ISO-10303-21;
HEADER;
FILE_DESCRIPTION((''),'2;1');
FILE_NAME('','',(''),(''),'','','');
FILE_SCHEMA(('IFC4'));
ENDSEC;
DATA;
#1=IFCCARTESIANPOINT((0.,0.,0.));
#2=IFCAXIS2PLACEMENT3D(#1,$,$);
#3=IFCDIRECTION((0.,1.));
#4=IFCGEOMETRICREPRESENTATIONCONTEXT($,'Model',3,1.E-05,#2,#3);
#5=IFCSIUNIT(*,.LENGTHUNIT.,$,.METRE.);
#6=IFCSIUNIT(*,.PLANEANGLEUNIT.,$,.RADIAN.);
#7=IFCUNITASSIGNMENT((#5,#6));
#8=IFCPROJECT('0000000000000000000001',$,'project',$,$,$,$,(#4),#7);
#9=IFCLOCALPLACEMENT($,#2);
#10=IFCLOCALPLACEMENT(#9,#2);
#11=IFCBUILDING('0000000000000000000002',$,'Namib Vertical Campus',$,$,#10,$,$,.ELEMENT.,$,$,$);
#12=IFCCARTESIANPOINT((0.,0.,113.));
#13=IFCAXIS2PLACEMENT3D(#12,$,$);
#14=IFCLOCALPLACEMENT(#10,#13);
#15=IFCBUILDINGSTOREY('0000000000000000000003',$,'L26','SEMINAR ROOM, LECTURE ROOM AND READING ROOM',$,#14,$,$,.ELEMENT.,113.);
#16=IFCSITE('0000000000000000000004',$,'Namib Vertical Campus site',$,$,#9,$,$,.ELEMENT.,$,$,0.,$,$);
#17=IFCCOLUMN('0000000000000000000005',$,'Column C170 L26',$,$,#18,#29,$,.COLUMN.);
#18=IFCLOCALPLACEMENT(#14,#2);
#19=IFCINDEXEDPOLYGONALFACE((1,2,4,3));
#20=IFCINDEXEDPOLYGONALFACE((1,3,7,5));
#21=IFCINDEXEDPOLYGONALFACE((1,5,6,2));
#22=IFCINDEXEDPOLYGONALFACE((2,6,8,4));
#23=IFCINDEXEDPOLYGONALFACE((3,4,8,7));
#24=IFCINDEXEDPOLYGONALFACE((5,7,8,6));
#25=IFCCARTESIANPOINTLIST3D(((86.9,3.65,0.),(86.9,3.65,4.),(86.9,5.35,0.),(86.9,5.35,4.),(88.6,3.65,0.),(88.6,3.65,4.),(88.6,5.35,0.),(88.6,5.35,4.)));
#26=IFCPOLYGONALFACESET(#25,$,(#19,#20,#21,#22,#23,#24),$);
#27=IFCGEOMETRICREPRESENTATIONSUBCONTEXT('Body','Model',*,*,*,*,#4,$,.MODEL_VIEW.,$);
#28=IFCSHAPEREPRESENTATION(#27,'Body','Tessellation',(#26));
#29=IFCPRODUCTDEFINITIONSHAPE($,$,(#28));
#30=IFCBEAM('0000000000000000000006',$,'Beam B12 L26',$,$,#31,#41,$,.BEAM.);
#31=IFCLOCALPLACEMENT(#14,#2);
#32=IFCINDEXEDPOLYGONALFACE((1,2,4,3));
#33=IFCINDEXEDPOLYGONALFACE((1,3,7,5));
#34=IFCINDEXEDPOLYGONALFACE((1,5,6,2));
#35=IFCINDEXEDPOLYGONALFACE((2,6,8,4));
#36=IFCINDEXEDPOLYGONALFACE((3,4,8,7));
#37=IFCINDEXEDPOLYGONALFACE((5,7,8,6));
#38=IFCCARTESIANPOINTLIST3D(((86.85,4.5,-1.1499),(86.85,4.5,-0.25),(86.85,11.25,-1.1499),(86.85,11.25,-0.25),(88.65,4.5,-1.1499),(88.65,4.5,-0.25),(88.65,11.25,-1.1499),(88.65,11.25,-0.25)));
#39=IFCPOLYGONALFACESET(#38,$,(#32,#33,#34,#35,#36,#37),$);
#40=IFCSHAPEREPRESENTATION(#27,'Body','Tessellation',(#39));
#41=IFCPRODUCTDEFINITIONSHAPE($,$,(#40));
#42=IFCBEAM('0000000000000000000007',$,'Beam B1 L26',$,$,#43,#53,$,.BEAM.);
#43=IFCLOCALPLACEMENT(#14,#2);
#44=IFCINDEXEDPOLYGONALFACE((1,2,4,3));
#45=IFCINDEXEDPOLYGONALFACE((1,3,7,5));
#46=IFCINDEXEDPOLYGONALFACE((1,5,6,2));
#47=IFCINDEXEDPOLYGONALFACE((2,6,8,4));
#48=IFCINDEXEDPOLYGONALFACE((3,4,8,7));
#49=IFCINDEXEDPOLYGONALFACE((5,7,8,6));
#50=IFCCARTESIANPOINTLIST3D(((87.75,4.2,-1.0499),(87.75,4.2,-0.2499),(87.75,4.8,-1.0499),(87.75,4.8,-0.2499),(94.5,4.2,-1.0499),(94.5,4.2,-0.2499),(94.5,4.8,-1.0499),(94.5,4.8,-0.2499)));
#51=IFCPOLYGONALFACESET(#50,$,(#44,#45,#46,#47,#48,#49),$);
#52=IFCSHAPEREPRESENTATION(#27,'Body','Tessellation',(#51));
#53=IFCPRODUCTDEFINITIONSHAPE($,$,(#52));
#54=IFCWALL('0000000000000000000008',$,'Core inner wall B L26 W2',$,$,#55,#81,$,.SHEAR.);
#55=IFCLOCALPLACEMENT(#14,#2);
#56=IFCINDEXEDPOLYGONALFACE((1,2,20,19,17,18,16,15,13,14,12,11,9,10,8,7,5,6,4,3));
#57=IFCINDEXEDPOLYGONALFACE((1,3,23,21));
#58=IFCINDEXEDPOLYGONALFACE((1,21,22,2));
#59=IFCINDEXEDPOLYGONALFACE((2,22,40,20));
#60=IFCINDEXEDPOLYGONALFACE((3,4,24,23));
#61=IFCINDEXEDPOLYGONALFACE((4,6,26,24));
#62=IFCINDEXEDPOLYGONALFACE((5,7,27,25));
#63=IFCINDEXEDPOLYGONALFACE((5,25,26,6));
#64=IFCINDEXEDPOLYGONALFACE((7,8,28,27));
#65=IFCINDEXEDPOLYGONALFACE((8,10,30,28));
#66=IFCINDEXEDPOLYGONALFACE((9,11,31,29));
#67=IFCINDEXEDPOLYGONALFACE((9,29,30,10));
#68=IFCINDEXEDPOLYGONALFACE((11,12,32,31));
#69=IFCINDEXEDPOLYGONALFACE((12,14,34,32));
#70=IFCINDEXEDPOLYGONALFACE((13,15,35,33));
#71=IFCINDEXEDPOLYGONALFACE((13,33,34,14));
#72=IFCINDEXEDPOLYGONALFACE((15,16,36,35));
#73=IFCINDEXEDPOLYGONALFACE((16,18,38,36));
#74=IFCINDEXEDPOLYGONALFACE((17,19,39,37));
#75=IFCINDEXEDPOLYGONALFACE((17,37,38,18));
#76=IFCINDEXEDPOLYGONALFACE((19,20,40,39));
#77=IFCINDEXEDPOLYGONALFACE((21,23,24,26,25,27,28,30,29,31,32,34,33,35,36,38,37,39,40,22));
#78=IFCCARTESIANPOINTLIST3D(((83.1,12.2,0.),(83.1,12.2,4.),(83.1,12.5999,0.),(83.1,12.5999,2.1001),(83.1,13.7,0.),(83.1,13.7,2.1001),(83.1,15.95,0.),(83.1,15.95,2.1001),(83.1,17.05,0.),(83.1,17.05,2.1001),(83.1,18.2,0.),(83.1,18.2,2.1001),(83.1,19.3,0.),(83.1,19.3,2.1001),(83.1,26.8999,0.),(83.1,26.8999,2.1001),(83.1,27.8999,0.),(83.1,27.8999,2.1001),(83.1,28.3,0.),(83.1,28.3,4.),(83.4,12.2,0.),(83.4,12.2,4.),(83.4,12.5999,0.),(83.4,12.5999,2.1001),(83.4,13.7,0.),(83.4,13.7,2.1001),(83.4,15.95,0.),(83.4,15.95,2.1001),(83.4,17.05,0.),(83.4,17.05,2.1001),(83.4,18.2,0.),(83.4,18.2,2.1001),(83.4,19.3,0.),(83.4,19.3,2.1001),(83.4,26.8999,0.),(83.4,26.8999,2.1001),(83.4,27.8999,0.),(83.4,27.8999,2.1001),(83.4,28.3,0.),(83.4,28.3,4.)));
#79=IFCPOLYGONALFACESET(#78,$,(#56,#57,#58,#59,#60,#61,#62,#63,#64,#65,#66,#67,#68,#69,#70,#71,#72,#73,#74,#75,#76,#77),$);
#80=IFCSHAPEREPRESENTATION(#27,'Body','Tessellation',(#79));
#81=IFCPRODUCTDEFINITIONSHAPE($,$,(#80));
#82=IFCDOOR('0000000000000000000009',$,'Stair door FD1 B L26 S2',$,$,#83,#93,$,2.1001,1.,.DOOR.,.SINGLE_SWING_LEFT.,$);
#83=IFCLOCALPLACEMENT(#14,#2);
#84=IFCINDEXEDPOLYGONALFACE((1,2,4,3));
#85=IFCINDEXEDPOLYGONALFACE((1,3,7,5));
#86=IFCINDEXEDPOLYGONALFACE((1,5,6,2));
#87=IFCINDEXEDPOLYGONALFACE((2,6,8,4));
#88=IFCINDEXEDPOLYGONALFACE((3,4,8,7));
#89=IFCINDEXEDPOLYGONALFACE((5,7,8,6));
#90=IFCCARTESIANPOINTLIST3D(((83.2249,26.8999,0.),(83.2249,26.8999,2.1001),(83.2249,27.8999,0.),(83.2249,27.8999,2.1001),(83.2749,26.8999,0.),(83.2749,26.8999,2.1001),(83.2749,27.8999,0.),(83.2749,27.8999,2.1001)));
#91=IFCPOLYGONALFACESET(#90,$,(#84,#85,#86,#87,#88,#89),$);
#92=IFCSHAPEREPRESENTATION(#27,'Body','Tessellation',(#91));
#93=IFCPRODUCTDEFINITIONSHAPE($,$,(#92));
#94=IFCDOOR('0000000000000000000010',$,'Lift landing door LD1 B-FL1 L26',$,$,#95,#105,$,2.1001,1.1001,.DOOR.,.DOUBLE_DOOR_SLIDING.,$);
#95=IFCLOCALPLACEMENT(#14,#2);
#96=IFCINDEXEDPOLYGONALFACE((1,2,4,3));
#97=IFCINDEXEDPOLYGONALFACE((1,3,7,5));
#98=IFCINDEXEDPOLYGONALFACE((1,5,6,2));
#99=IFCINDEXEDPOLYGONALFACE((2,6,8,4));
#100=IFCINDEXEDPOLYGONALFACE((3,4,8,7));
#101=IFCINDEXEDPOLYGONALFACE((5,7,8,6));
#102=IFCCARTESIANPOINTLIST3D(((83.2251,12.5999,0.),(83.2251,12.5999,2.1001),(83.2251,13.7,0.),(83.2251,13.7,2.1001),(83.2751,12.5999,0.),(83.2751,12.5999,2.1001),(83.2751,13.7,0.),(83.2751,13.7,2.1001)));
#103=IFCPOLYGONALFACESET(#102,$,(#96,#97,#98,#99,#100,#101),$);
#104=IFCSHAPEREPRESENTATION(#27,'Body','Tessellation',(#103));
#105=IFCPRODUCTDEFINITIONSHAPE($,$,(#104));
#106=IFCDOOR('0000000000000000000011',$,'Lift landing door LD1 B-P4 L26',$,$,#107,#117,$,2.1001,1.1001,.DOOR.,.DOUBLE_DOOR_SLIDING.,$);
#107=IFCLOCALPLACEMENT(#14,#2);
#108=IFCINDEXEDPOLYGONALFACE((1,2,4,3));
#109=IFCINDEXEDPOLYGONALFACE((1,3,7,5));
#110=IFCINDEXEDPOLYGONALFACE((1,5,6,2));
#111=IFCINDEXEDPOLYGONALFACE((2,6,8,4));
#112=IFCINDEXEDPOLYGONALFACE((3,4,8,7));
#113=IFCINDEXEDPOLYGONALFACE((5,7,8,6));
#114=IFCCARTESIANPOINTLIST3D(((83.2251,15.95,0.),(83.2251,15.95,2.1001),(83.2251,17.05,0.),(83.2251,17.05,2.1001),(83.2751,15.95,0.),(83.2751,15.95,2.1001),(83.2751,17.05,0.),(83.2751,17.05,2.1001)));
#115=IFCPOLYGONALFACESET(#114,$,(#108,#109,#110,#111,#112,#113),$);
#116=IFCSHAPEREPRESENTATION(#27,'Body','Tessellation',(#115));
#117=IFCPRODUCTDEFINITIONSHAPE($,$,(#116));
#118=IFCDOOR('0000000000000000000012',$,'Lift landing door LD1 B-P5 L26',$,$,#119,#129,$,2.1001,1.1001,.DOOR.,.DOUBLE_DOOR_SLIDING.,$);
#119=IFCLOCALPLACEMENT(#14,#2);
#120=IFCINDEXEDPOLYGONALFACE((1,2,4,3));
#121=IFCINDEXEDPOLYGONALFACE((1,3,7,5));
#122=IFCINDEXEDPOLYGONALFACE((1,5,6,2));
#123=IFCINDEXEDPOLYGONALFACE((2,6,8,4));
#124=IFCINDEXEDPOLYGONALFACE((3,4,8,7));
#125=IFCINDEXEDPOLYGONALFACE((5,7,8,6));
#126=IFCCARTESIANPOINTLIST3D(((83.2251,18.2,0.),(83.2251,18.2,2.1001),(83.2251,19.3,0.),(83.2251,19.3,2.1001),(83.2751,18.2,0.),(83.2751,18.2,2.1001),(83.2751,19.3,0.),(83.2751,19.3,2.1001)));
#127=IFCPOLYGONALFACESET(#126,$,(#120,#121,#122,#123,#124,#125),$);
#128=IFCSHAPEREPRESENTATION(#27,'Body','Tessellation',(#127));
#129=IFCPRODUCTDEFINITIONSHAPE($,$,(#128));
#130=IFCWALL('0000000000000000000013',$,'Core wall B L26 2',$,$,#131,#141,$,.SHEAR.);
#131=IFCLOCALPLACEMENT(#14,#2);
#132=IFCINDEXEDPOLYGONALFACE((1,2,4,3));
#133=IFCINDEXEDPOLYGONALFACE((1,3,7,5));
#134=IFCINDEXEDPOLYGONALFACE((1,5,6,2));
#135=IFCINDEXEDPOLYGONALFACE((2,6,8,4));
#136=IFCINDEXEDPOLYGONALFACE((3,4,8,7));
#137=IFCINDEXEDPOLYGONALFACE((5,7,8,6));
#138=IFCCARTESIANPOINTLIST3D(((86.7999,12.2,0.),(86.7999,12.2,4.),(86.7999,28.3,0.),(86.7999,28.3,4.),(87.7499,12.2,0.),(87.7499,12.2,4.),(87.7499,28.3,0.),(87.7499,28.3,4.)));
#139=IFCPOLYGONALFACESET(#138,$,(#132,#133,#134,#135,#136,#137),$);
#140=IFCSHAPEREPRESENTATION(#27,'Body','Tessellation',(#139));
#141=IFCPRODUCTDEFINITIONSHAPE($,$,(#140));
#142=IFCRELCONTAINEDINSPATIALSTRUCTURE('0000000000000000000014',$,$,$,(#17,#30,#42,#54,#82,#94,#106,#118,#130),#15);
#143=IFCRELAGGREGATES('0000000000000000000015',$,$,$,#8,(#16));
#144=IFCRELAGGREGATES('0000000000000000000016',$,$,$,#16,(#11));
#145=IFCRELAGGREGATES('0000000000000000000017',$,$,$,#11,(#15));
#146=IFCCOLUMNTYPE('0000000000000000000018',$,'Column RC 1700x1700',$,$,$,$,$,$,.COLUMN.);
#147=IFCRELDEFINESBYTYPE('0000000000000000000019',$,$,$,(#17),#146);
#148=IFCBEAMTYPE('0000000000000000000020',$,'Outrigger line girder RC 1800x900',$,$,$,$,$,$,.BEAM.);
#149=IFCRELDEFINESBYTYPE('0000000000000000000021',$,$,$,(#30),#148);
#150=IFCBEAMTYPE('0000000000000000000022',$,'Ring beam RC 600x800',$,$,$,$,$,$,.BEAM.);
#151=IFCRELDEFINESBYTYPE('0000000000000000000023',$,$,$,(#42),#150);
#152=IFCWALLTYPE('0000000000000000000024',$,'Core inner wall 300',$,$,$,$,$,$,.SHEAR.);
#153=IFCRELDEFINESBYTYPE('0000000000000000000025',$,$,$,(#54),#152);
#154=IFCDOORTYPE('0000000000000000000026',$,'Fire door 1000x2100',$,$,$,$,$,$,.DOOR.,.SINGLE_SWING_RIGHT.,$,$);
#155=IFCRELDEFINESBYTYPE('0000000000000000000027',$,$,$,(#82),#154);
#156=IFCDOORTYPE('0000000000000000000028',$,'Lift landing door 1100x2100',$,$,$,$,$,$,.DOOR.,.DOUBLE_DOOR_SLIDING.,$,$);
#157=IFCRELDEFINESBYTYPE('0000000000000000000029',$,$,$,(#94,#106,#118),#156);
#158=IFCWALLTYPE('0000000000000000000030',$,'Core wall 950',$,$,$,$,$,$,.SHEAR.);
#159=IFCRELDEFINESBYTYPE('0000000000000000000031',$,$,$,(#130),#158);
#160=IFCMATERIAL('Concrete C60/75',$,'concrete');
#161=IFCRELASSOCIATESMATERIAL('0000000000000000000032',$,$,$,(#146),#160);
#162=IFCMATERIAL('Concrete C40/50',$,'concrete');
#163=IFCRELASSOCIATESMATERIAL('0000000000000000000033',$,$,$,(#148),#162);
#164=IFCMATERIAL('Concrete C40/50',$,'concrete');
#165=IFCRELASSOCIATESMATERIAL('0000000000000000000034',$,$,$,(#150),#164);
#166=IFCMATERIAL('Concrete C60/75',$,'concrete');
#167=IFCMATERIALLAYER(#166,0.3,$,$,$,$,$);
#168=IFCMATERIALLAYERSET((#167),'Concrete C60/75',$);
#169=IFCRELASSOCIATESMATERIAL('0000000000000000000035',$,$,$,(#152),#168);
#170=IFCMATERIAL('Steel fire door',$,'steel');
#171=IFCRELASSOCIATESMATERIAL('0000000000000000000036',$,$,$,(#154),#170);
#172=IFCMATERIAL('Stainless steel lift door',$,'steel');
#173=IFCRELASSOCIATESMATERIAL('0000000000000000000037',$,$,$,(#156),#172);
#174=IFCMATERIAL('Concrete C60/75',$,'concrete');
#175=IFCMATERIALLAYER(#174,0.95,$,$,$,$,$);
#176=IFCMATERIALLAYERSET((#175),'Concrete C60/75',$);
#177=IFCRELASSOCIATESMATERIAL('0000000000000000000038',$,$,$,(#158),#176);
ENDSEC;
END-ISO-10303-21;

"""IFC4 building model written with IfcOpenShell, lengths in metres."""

from ifc_helpers import new_model, si_unit, direction, frame, frame_2d, origin, origin_2d, place, context, subcontext, project, spatial, rectangle, extrude, material, layer, layer_set, material_profile, profile_set, type_object, element, fill, save


model = new_model("IFC4")

# Units and contexts
model_context = context("Model", 3, precision=1e-05, world=origin(), true_north=direction((0.0, 1.0)))
body_context = subcontext(model_context, "Body", "Model", "MODEL_VIEW")
ifc_project = project(units=[si_unit("LENGTHUNIT", "METRE"), si_unit("PLANEANGLEUNIT", "RADIAN")], contexts=[model_context])

# Site, building, storey
site_placement = place(None, origin())
site = spatial("IfcSite", under=ifc_project, at=site_placement, Name="Namib Vertical Campus site", CompositionType="ELEMENT", RefElevation=0.0)
building_placement = place(site_placement, origin())
building = spatial("IfcBuilding", under=site, at=building_placement, Name="Namib Vertical Campus", CompositionType="ELEMENT")
storey_placement = place(building_placement, frame((0.0, 0.0, 113.0)))
storey = spatial("IfcBuildingStorey", under=building, at=storey_placement, Name="L26", Description="SEMINAR ROOM, LECTURE ROOM AND READING ROOM", CompositionType="ELEMENT", Elevation=113.0)

# Column
ifc_material_1 = material(Name="Concrete C60/75", Category="concrete")
ifc_material_profile_1 = material_profile(ifc_material_1, rectangle(XDim=1.7, YDim=1.7, at=origin_2d()))
ifc_profile_set_1 = profile_set([ifc_material_profile_1], Name="Concrete C60/75")
column_type = type_object("IfcColumnType", Name="Column RC 1700x1700", PredefinedType="COLUMN", material=ifc_profile_set_1)
column_placement = place(storey_placement, frame((87.75, 4.5, 0.0), z_axis=(0.0, 0.0, 1.0), x_axis=(1.0, 0.0, 0.0)))
element("IfcColumn", 1, at=column_placement, inside=storey, type_object=column_type, Name="Column C170 L26", PredefinedType="COLUMN", context=body_context, shape_type="SweptSolid", body=[
    extrude(rectangle(XDim=1.7, YDim=1.7, at=origin_2d()), origin(), (0.0, 0.0, 1.0), 4.0),
])

# Beams
ifc_material_2 = material(Name="Concrete C40/50", Category="concrete")
ifc_material_profile_2 = material_profile(ifc_material_2, rectangle(XDim=1.8, YDim=0.8999, at=origin_2d()))
ifc_profile_set_2 = profile_set([ifc_material_profile_2], Name="Concrete C40/50")
beam_type_1 = type_object("IfcBeamType", Name="Outrigger line girder RC 1800x900", PredefinedType="BEAM", material=ifc_profile_set_2)
beam_1_placement = place(storey_placement, frame((87.75, 4.5, -0.7), z_axis=(0.0, 1.0, 0.0), x_axis=(-1.0, 0.0, 0.0)))
element("IfcBeam", 2, at=beam_1_placement, inside=storey, type_object=beam_type_1, Name="Beam B12 L26", PredefinedType="BEAM", context=body_context, shape_type="SweptSolid", body=[
    extrude(rectangle(XDim=1.8, YDim=0.8999, at=origin_2d()), origin(), (0.0, 0.0, 1.0), 6.75),
])
ifc_material_3 = material(Name="Concrete C40/50", Category="concrete")
ifc_material_profile_3 = material_profile(ifc_material_3, rectangle(XDim=0.6001, YDim=0.8, at=origin_2d()))
ifc_profile_set_3 = profile_set([ifc_material_profile_3], Name="Concrete C40/50")
beam_type_2 = type_object("IfcBeamType", Name="Ring beam RC 600x800", PredefinedType="BEAM", material=ifc_profile_set_3)
beam_2_placement = place(storey_placement, frame((87.75, 4.5, -0.6499), z_axis=(1.0, 0.0, 0.0), x_axis=(0.0, 1.0, 0.0)))
element("IfcBeam", 3, at=beam_2_placement, inside=storey, type_object=beam_type_2, Name="Beam B1 L26", PredefinedType="BEAM", context=body_context, shape_type="SweptSolid", body=[
    extrude(rectangle(XDim=0.6001, YDim=0.8, at=origin_2d()), origin(), (0.0, 0.0, 1.0), 6.75),
])

# Wall, openings, doors
ifc_material_4 = material(Name="Concrete C60/75", Category="concrete")
ifc_layer_1 = layer(ifc_material_4, 0.3)
ifc_layer_set_1 = layer_set([ifc_layer_1], Name="Concrete C60/75")
wall_type_1 = type_object("IfcWallType", Name="Core inner wall 300", PredefinedType="SHEAR", material=ifc_layer_set_1)
wall_1_placement = place(storey_placement, frame((83.25, 12.2, 0.0), z_axis=(0.0, 0.0, 1.0), x_axis=(0.0, 1.0, 0.0)))
wall_1 = element("IfcWall", 4, at=wall_1_placement, inside=storey, type_object=wall_type_1, Name="Core inner wall B L26 W2", PredefinedType="SHEAR", context=body_context, shape_type="SweptSolid", body=[
    extrude(rectangle(XDim=16.1001, YDim=0.3, at=frame_2d((8.05, 0.0))), origin(), (0.0, 0.0, 1.0), 4.0),
])
opening_1_placement = place(wall_1_placement, frame((14.7, 0.0, 0.0)))
opening_1 = element("IfcOpeningElement", 5, at=opening_1_placement, cuts=wall_1, PredefinedType="OPENING", context=body_context, shape_type="SweptSolid", body=[
    extrude(rectangle(XDim=1.0, YDim=2.1001, at=frame_2d((0.5, 1.05))), frame((0.0, 0.1599, 0.0), z_axis=(0.0, -1.0, 0.0), x_axis=(1.0, 0.0, 0.0)), (0.0, 0.0, 1.0), 0.3201),
])
opening_2_placement = place(wall_1_placement, frame((0.3999, 0.0, 0.0)))
opening_2 = element("IfcOpeningElement", 6, at=opening_2_placement, cuts=wall_1, PredefinedType="OPENING", context=body_context, shape_type="SweptSolid", body=[
    extrude(rectangle(XDim=1.1001, YDim=2.1001, at=frame_2d((0.55, 1.05))), frame((0.0, 0.1599, 0.0), z_axis=(0.0, -1.0, 0.0), x_axis=(1.0, 0.0, 0.0)), (0.0, 0.0, 1.0), 0.3201),
])
opening_3_placement = place(wall_1_placement, frame((3.75, 0.0, 0.0)))
opening_3 = element("IfcOpeningElement", 7, at=opening_3_placement, cuts=wall_1, PredefinedType="OPENING", context=body_context, shape_type="SweptSolid", body=[
    extrude(rectangle(XDim=1.1001, YDim=2.1001, at=frame_2d((0.55, 1.05))), frame((0.0, 0.1599, 0.0), z_axis=(0.0, -1.0, 0.0), x_axis=(1.0, 0.0, 0.0)), (0.0, 0.0, 1.0), 0.3201),
])
opening_4_placement = place(wall_1_placement, frame((6.0, 0.0, 0.0)))
opening_4 = element("IfcOpeningElement", 8, at=opening_4_placement, cuts=wall_1, PredefinedType="OPENING", context=body_context, shape_type="SweptSolid", body=[
    extrude(rectangle(XDim=1.1001, YDim=2.1001, at=frame_2d((0.55, 1.05))), frame((0.0, 0.1599, 0.0), z_axis=(0.0, -1.0, 0.0), x_axis=(1.0, 0.0, 0.0)), (0.0, 0.0, 1.0), 0.3201),
])
ifc_material_5 = material(Name="Steel fire door", Category="steel")
door_type_1 = type_object("IfcDoorType", Name="Fire door 1000x2100", OperationType="SINGLE_SWING_RIGHT", PredefinedType="DOOR", material=ifc_material_5)
door_1_placement = place(opening_1_placement, frame((1.0, 0.0, 0.0), z_axis=(0.0, 0.0, 1.0), x_axis=(-1.0, 0.0, 0.0)))
door_1 = element("IfcDoor", 9, at=door_1_placement, inside=storey, type_object=door_type_1, Name="Stair door FD1 B L26 S2", OperationType="SINGLE_SWING_LEFT", OverallHeight=2.1001, OverallWidth=1.0, PredefinedType="DOOR", context=body_context, shape_type="SweptSolid", body=[
    extrude(rectangle(XDim=1.0, YDim=2.1001, at=frame_2d((0.5, 1.05))), frame((0.0, 0.0249, 0.0), z_axis=(0.0, -1.0, 0.0), x_axis=(1.0, 0.0, 0.0)), (0.0, 0.0, 1.0), 0.05),
])
fill(opening_1, door_1)
ifc_material_6 = material(Name="Stainless steel lift door", Category="steel")
door_type_2 = type_object("IfcDoorType", Name="Lift landing door 1100x2100", OperationType="DOUBLE_DOOR_SLIDING", PredefinedType="DOOR", material=ifc_material_6)
door_2_placement = place(opening_2_placement, origin())
door_2 = element("IfcDoor", 10, at=door_2_placement, inside=storey, type_object=door_type_2, Name="Lift landing door LD1 B-FL1 L26", OperationType="DOUBLE_DOOR_SLIDING", OverallHeight=2.1001, OverallWidth=1.1001, PredefinedType="DOOR", context=body_context, shape_type="SweptSolid", body=[
    extrude(rectangle(XDim=1.1001, YDim=2.1001, at=frame_2d((0.55, 1.05))), frame((0.0, 0.0249, 0.0), z_axis=(0.0, -1.0, 0.0), x_axis=(1.0, 0.0, 0.0)), (0.0, 0.0, 1.0), 0.05),
])
fill(opening_2, door_2)
door_3_placement = place(opening_3_placement, origin())
door_3 = element("IfcDoor", 11, at=door_3_placement, inside=storey, type_object=door_type_2, Name="Lift landing door LD1 B-P4 L26", OperationType="DOUBLE_DOOR_SLIDING", OverallHeight=2.1001, OverallWidth=1.1001, PredefinedType="DOOR", context=body_context, shape_type="SweptSolid", body=[
    extrude(rectangle(XDim=1.1001, YDim=2.1001, at=frame_2d((0.55, 1.05))), frame((0.0, 0.0249, 0.0), z_axis=(0.0, -1.0, 0.0), x_axis=(1.0, 0.0, 0.0)), (0.0, 0.0, 1.0), 0.05),
])
fill(opening_3, door_3)
door_4_placement = place(opening_4_placement, origin())
door_4 = element("IfcDoor", 12, at=door_4_placement, inside=storey, type_object=door_type_2, Name="Lift landing door LD1 B-P5 L26", OperationType="DOUBLE_DOOR_SLIDING", OverallHeight=2.1001, OverallWidth=1.1001, PredefinedType="DOOR", context=body_context, shape_type="SweptSolid", body=[
    extrude(rectangle(XDim=1.1001, YDim=2.1001, at=frame_2d((0.55, 1.05))), frame((0.0, 0.0249, 0.0), z_axis=(0.0, -1.0, 0.0), x_axis=(1.0, 0.0, 0.0)), (0.0, 0.0, 1.0), 0.05),
])
fill(opening_4, door_4)

# Wall
ifc_material_7 = material(Name="Concrete C60/75", Category="concrete")
ifc_layer_2 = layer(ifc_material_7, 0.95)
ifc_layer_set_2 = layer_set([ifc_layer_2], Name="Concrete C60/75")
wall_type_2 = type_object("IfcWallType", Name="Core wall 950", PredefinedType="SHEAR", material=ifc_layer_set_2)
wall_2_placement = place(storey_placement, frame((87.2749, 12.2, 0.0), z_axis=(0.0, 0.0, 1.0), x_axis=(0.0, 1.0, 0.0)))
element("IfcWall", 13, at=wall_2_placement, inside=storey, type_object=wall_type_2, Name="Core wall B L26 2", PredefinedType="SHEAR", context=body_context, shape_type="SweptSolid", body=[
    extrude(rectangle(XDim=16.1001, YDim=0.95, at=frame_2d((8.05, 0.0))), origin(), (0.0, 0.0, 1.0), 4.0),
])

save(model, "model.ifc")
